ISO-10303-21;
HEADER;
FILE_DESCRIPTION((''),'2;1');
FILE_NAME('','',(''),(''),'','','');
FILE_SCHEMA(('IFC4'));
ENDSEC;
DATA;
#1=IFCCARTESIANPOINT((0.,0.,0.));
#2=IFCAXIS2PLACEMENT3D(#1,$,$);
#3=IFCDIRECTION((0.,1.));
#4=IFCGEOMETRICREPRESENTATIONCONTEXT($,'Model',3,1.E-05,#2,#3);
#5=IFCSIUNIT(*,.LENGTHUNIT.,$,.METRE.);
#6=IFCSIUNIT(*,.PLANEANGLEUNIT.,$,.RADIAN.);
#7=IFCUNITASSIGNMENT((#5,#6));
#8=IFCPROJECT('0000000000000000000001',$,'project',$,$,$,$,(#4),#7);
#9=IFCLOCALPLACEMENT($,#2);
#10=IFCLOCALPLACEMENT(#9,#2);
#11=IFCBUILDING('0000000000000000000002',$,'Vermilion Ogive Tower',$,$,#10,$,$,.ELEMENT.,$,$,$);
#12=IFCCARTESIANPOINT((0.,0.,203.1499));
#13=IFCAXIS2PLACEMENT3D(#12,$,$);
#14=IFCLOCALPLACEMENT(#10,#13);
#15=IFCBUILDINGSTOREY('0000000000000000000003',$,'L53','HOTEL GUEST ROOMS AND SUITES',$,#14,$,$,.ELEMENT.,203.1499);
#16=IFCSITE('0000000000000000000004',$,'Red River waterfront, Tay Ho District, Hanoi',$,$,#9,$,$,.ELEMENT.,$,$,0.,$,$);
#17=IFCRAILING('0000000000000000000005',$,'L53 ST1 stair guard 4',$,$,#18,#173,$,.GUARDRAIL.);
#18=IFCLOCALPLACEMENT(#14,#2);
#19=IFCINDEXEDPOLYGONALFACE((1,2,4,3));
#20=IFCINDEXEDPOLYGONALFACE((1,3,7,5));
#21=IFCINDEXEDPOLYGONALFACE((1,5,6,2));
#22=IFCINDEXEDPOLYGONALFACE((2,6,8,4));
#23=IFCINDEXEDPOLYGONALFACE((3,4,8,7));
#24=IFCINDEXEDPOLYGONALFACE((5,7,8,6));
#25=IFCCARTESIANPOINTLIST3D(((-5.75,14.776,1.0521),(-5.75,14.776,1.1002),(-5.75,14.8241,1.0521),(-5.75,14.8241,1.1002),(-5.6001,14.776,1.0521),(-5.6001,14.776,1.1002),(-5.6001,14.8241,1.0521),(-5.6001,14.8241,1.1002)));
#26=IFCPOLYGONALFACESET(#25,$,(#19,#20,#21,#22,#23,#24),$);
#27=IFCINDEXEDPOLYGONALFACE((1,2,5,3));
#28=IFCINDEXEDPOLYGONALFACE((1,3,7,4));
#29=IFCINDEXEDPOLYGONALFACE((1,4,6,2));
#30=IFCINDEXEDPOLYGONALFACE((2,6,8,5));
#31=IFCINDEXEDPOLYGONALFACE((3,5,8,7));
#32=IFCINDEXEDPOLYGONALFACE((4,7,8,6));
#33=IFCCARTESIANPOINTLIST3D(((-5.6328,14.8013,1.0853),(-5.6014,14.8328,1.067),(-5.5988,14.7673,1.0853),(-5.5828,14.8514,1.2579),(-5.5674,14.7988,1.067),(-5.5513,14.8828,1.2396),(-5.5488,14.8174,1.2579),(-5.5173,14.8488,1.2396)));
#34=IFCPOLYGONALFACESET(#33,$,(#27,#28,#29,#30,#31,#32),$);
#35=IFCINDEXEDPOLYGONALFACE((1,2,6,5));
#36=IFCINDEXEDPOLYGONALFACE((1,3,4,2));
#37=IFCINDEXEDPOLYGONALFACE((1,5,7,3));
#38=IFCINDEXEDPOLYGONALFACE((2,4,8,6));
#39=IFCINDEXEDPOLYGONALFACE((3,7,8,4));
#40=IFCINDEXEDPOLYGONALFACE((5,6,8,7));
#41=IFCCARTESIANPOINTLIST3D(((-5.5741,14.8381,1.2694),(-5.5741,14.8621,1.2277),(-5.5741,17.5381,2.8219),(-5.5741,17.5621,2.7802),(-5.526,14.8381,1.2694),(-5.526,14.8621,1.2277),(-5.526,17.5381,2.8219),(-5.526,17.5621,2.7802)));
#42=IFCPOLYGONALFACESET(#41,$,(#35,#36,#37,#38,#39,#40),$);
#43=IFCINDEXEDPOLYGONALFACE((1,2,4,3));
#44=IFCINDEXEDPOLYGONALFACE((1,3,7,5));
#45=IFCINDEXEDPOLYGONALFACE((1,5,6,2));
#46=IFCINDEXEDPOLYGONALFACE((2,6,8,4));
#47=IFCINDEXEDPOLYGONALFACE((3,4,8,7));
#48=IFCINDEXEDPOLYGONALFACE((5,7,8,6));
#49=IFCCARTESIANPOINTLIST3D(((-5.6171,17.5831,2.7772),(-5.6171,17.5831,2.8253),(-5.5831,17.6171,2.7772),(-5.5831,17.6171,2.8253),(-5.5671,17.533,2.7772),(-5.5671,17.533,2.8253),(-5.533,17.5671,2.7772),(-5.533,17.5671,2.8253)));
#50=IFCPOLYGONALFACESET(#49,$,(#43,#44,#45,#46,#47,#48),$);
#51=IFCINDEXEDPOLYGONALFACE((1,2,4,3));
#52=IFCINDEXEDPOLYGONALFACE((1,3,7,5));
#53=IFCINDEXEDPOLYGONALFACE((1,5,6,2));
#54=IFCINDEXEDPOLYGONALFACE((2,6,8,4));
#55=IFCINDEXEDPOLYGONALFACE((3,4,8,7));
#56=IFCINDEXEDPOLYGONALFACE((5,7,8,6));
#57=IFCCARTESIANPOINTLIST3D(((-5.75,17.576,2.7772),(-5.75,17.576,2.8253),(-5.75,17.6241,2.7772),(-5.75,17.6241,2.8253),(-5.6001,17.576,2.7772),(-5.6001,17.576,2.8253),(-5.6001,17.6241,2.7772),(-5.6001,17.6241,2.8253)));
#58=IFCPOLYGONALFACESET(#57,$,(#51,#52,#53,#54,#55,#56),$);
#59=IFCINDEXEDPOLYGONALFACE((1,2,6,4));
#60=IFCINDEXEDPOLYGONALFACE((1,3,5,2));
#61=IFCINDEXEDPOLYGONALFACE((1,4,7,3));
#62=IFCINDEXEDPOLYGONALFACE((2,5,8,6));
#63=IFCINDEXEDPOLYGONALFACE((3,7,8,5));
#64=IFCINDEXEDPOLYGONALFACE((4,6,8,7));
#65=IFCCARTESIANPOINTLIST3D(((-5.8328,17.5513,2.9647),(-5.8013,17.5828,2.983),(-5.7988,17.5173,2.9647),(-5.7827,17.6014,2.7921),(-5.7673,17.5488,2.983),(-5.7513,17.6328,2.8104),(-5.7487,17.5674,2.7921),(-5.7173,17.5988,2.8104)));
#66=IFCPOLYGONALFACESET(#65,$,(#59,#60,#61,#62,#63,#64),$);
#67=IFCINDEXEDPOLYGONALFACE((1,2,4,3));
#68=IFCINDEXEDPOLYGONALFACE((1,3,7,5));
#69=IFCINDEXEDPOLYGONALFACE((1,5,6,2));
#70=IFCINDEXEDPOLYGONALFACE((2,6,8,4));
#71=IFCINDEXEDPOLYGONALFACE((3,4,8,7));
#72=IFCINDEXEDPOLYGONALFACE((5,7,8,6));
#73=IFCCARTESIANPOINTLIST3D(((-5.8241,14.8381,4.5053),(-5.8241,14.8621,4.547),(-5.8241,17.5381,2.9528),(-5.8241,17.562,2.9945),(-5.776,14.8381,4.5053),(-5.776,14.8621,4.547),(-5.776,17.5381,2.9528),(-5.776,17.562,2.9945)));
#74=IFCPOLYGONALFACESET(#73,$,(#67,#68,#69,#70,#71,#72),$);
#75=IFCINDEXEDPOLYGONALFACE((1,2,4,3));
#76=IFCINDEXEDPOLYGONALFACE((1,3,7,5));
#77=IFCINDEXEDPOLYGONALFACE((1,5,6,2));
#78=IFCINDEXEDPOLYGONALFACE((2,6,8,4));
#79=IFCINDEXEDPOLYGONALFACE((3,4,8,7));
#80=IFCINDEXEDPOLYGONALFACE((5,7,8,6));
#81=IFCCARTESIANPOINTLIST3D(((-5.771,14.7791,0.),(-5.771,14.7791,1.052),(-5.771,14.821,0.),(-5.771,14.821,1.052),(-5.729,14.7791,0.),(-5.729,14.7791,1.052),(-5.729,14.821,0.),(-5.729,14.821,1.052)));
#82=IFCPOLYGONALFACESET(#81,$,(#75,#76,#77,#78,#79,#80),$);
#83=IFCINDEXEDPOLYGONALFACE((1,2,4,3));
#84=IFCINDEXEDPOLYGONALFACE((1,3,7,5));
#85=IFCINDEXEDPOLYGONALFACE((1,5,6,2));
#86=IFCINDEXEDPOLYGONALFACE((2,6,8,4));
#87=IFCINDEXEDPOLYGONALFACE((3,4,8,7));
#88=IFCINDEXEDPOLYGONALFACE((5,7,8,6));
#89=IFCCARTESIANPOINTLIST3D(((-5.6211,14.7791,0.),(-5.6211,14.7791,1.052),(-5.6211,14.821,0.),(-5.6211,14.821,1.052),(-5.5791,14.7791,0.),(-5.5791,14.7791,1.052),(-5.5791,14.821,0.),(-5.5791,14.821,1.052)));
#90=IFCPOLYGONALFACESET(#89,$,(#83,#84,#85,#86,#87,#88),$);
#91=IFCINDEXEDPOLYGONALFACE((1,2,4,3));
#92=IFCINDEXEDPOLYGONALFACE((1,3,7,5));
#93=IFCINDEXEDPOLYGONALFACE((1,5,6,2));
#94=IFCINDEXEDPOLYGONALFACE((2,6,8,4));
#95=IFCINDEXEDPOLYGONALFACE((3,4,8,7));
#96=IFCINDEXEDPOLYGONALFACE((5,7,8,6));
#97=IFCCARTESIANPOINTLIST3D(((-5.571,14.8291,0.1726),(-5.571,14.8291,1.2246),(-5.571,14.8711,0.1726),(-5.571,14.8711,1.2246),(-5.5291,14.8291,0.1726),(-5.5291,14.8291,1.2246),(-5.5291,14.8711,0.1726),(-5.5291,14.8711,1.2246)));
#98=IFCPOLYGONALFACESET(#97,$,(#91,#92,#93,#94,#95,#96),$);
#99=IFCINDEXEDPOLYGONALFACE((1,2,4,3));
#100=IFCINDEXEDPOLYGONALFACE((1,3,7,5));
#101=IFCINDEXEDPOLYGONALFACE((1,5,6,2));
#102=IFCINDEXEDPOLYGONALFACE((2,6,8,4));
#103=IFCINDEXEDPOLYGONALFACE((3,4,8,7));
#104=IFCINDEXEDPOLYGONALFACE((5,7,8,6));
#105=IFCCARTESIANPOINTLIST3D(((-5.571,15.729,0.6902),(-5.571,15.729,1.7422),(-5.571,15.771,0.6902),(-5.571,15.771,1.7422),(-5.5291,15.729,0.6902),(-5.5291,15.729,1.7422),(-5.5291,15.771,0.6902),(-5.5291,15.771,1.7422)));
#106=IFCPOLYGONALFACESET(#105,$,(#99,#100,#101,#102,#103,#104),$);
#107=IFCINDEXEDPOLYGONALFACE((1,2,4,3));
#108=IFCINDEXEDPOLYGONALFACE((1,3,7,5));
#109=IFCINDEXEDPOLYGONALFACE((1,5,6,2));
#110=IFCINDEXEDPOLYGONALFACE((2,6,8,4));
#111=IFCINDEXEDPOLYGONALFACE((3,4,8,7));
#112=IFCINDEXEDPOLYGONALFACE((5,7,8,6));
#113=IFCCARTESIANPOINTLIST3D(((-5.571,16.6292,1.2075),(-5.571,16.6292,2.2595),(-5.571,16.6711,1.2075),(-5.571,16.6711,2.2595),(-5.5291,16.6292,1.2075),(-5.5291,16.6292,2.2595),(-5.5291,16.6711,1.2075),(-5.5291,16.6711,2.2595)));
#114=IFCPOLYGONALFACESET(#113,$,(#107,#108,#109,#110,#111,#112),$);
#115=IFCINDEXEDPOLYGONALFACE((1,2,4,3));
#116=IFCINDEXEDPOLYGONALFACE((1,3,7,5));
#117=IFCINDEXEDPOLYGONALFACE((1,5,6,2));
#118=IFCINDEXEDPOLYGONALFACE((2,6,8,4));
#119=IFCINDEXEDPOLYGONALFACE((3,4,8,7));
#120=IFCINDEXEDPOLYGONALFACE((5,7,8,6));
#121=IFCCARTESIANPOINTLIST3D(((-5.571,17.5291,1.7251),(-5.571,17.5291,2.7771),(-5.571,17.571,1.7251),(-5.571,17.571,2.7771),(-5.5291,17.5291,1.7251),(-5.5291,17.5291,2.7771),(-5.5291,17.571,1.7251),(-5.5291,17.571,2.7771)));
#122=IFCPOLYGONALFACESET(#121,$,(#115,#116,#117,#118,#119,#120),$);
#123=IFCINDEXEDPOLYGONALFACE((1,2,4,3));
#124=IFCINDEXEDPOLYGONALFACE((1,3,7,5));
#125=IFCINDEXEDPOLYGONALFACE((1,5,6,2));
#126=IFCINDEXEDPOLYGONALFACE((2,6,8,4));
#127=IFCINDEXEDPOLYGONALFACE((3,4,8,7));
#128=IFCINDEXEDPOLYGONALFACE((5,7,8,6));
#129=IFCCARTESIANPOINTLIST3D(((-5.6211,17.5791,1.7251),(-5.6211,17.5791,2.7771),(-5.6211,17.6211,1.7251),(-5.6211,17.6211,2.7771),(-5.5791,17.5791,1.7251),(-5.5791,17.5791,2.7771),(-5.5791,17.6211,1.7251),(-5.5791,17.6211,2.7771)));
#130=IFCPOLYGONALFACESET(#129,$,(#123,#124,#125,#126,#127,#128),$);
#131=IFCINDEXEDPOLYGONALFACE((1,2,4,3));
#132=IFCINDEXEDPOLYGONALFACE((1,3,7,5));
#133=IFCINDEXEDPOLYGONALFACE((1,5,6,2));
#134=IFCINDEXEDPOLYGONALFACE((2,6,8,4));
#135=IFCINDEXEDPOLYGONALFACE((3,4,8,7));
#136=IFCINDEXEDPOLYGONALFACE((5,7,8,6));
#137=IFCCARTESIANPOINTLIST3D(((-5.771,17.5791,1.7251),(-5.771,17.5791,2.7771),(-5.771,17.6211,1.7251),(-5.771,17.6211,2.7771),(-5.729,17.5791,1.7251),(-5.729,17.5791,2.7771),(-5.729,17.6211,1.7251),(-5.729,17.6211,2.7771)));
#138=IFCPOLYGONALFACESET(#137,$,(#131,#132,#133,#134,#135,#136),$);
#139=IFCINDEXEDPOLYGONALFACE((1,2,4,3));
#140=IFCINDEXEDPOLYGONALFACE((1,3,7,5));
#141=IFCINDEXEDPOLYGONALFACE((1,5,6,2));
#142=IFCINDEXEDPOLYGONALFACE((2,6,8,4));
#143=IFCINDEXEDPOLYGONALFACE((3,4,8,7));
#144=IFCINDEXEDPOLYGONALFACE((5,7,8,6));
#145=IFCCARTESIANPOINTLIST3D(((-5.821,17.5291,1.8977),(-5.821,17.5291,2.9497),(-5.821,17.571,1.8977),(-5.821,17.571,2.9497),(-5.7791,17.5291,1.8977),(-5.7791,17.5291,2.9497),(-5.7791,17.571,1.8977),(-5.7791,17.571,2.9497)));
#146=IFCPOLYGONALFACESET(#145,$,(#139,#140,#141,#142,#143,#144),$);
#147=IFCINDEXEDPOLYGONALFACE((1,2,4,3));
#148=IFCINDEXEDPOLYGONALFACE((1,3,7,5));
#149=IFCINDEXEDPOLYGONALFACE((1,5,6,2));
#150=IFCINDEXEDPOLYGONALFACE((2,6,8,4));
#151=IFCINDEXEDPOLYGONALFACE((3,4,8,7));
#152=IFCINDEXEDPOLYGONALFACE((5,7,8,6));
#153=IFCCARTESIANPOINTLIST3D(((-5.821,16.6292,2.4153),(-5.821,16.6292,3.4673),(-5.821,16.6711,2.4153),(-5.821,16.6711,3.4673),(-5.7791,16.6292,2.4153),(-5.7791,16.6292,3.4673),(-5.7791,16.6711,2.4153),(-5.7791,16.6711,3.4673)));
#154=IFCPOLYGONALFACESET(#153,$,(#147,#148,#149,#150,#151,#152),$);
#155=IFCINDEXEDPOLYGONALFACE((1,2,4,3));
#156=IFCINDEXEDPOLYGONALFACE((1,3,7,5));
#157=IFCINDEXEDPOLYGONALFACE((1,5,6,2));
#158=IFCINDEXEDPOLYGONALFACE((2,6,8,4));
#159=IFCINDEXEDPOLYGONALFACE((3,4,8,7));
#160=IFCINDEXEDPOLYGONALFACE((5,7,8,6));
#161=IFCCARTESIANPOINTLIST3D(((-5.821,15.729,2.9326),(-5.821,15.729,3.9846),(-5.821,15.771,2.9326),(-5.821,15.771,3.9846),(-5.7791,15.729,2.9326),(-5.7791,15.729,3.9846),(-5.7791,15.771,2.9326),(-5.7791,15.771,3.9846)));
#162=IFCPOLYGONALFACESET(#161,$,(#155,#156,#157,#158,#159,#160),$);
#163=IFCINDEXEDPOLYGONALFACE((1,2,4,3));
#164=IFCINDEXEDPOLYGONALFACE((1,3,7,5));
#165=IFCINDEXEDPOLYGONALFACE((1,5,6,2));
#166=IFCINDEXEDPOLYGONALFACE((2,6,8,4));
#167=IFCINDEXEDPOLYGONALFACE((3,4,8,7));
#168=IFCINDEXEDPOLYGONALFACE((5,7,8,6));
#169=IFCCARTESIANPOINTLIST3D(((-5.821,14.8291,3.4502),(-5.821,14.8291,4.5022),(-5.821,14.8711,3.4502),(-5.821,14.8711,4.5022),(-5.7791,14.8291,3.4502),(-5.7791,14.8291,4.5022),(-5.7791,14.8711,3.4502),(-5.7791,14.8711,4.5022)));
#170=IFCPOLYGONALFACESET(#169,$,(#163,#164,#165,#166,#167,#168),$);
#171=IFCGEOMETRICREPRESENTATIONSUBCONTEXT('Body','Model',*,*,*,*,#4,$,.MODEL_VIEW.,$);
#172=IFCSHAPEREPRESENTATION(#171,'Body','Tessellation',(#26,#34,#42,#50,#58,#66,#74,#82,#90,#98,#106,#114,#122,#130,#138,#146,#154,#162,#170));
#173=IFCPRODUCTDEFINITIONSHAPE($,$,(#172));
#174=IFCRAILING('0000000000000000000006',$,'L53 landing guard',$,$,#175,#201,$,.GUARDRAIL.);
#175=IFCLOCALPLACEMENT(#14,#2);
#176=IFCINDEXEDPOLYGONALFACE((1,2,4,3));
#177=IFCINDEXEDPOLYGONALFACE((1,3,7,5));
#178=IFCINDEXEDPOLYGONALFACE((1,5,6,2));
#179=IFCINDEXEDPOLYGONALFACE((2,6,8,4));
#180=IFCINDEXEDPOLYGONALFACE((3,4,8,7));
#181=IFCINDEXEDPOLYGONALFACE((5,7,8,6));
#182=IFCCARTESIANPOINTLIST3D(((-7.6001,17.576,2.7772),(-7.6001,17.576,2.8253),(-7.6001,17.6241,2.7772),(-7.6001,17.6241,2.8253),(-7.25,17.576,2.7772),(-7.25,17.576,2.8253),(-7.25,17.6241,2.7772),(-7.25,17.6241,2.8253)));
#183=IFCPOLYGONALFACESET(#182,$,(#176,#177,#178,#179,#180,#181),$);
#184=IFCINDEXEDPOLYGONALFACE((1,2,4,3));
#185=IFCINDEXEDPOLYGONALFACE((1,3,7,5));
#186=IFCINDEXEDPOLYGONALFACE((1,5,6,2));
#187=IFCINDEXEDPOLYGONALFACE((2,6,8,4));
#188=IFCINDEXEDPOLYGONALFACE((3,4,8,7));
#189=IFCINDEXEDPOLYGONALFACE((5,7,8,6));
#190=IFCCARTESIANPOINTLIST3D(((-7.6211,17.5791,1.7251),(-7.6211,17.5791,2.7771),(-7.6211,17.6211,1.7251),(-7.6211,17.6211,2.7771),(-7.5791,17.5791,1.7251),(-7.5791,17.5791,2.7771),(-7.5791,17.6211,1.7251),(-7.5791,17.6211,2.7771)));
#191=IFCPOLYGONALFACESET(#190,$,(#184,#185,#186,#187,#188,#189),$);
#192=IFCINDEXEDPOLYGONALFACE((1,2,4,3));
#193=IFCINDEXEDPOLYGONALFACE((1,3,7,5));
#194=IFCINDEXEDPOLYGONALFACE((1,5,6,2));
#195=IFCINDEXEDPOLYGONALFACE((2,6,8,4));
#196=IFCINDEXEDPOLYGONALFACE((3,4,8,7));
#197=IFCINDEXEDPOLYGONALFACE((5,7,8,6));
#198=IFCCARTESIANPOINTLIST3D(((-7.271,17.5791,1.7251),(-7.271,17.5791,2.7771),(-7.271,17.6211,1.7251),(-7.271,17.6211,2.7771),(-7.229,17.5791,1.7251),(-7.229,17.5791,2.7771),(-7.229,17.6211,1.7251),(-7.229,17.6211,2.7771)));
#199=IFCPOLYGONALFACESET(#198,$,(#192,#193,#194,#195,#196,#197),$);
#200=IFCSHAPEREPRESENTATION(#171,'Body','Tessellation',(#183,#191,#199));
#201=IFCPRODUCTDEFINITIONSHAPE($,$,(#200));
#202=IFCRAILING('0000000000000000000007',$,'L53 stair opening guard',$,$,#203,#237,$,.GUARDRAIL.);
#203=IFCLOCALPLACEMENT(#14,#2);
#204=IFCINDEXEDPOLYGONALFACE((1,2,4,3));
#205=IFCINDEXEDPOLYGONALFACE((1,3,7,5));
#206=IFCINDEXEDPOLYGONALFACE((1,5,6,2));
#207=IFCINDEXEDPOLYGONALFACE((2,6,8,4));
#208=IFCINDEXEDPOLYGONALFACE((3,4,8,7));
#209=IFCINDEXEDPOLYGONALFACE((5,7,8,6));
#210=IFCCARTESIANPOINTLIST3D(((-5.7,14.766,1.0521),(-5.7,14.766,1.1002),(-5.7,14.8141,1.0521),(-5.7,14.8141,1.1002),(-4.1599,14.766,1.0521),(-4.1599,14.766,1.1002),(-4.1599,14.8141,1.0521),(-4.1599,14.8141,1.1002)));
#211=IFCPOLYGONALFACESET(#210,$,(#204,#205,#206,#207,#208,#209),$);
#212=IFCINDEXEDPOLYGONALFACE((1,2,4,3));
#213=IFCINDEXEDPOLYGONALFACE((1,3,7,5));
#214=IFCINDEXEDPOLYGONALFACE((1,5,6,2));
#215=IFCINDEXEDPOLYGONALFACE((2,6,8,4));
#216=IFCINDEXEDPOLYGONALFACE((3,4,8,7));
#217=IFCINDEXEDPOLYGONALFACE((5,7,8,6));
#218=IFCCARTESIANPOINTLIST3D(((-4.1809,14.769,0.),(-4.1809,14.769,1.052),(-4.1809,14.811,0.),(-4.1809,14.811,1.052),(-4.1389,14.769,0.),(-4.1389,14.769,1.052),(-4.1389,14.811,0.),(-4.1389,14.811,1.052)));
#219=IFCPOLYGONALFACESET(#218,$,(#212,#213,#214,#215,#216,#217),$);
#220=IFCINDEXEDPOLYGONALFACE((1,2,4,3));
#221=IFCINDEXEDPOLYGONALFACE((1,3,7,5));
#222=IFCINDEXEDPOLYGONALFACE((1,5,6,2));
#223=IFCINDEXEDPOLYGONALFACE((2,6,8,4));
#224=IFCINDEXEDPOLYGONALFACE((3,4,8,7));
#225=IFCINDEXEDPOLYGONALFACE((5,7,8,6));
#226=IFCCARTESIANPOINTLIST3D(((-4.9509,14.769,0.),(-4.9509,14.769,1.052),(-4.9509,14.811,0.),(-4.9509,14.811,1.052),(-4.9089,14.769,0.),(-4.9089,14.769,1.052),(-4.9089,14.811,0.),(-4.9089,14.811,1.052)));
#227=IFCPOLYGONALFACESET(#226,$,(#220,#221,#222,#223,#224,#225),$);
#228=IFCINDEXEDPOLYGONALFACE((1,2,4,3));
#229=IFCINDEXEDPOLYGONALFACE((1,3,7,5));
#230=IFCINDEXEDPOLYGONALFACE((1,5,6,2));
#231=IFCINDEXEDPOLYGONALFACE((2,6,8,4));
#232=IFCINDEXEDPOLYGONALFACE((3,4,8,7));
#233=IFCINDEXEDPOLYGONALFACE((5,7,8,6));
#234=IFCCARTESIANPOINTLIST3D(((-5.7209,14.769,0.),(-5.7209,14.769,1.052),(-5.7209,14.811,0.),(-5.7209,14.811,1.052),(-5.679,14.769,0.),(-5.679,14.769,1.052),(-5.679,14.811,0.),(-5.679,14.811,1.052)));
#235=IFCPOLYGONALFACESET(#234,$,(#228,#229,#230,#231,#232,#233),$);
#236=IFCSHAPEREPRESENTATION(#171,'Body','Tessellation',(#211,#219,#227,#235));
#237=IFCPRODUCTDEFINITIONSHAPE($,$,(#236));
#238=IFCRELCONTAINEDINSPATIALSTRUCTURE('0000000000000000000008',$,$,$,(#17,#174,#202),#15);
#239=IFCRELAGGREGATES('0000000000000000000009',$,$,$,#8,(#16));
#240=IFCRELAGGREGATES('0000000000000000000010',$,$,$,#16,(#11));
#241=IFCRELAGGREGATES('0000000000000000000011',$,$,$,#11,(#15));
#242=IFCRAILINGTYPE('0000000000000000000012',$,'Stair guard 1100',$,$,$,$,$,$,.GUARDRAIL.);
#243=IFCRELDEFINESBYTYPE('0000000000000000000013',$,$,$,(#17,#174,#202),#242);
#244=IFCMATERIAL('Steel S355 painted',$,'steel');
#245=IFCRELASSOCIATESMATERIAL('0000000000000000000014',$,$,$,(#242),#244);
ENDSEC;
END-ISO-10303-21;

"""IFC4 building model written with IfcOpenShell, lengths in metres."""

from ifc_helpers import new_model, si_unit, direction, frame, origin, origin_2d, place, context, subcontext, project, spatial, rectangle, extrude, material, type_object, element, save


model = new_model("IFC4")

# Units and contexts
model_context = context("Model", 3, precision=1e-05, world=origin(), true_north=direction((0.0, 1.0)))
body_context = subcontext(model_context, "Body", "Model", "MODEL_VIEW")
ifc_project = project(units=[si_unit("LENGTHUNIT", "METRE"), si_unit("PLANEANGLEUNIT", "RADIAN")], contexts=[model_context])

# Site, building, storey
site_placement = place(None, origin())
site = spatial("IfcSite", under=ifc_project, at=site_placement, Name="Red River waterfront, Tay Ho District, Hanoi", CompositionType="ELEMENT", RefElevation=0.0)
building_placement = place(site_placement, origin())
building = spatial("IfcBuilding", under=site, at=building_placement, Name="Vermilion Ogive Tower", CompositionType="ELEMENT")
storey_placement = place(building_placement, frame((0.0, 0.0, 203.1499)))
storey = spatial("IfcBuildingStorey", under=building, at=storey_placement, Name="L53", Description="HOTEL GUEST ROOMS AND SUITES", CompositionType="ELEMENT", Elevation=203.1499)

# Railings
ifc_material_1 = material(Name="Steel S355 painted", Category="steel")
railing_type_1 = type_object("IfcRailingType", Name="Stair guard 1100", PredefinedType="GUARDRAIL", material=ifc_material_1)
railing_1_placement = place(storey_placement, frame((-5.75, 14.8, 0.0)))
element("IfcRailing", 1, at=railing_1_placement, inside=storey, type_object=railing_type_1, Name="L53 ST1 stair guard 4", PredefinedType="GUARDRAIL", context=body_context, shape_type="SweptSolid", body=[
    extrude(rectangle(XDim=0.0481, YDim=0.0481, at=origin_2d()), frame((0.0, 0.0, 1.0762), z_axis=(1.0, 0.0, 0.0), x_axis=(0.0, 1.0, 0.0)), (0.0, 0.0, 1.0), 0.1499),
    extrude(rectangle(XDim=0.0481, YDim=0.0481, at=origin_2d()), frame((0.1499, 0.0, 1.0762), z_axis=(0.268278, 0.268278, 0.925232), x_axis=(-0.707107, 0.707107, 0.0)), (0.0, 0.0, 1.0), 0.1865),
    extrude(rectangle(XDim=0.0481, YDim=0.0481, at=origin_2d()), frame((0.2, 0.05, 1.2485), z_axis=(0.0, 0.866904, 0.498476), x_axis=(-1.0, 0.0, 0.0)), (0.0, 0.0, 1.0), 3.1145),
    extrude(rectangle(XDim=0.0481, YDim=0.0481, at=origin_2d()), frame((0.2, 2.75, 2.8013), z_axis=(-0.707107, 0.707107, 0.0), x_axis=(-0.707107, -0.707107, 0.0)), (0.0, 0.0, 1.0), 0.0708),
    extrude(rectangle(XDim=0.0481, YDim=0.0481, at=origin_2d()), frame((0.1499, 2.8, 2.8013), z_axis=(-1.0, 0.0, 0.0), x_axis=(0.0, -1.0, 0.0)), (0.0, 0.0, 1.0), 0.1499),
    extrude(rectangle(XDim=0.0481, YDim=0.0481, at=origin_2d()), frame((0.0, 2.8, 2.8013), z_axis=(-0.268278, -0.268278, 0.925232), x_axis=(0.707107, -0.707107, 0.0)), (0.0, 0.0, 1.0), 0.1865),
    extrude(rectangle(XDim=0.0481, YDim=0.0481, at=origin_2d()), frame((-0.05, 2.75, 2.9736), z_axis=(0.0, -0.866904, 0.498476), x_axis=(1.0, 0.0, 0.0)), (0.0, 0.0, 1.0), 3.1145),
    extrude(rectangle(XDim=0.042, YDim=0.042, at=origin_2d()), origin(), (0.0, 0.0, 1.0), 1.052),
    extrude(rectangle(XDim=0.042, YDim=0.042, at=origin_2d()), frame((0.1499, 0.0, 0.0)), (0.0, 0.0, 1.0), 1.052),
    extrude(rectangle(XDim=0.042, YDim=0.042, at=origin_2d()), frame((0.2, 0.05, 0.1726)), (0.0, 0.0, 1.0), 1.052),
    extrude(rectangle(XDim=0.042, YDim=0.042, at=origin_2d()), frame((0.2, 0.95, 0.6902)), (0.0, 0.0, 1.0), 1.052),
    extrude(rectangle(XDim=0.042, YDim=0.042, at=origin_2d()), frame((0.2, 1.8501, 1.2075)), (0.0, 0.0, 1.0), 1.052),
    extrude(rectangle(XDim=0.042, YDim=0.042, at=origin_2d()), frame((0.2, 2.75, 1.7251)), (0.0, 0.0, 1.0), 1.052),
    extrude(rectangle(XDim=0.042, YDim=0.042, at=origin_2d()), frame((0.1499, 2.8, 1.7251)), (0.0, 0.0, 1.0), 1.052),
    extrude(rectangle(XDim=0.042, YDim=0.042, at=origin_2d()), frame((0.0, 2.8, 1.7251)), (0.0, 0.0, 1.0), 1.052),
    extrude(rectangle(XDim=0.042, YDim=0.042, at=origin_2d()), frame((-0.05, 2.75, 1.8977)), (0.0, 0.0, 1.0), 1.052),
    extrude(rectangle(XDim=0.042, YDim=0.042, at=origin_2d()), frame((-0.05, 1.8501, 2.4153)), (0.0, 0.0, 1.0), 1.052),
    extrude(rectangle(XDim=0.042, YDim=0.042, at=origin_2d()), frame((-0.05, 0.95, 2.9326)), (0.0, 0.0, 1.0), 1.052),
    extrude(rectangle(XDim=0.042, YDim=0.042, at=origin_2d()), frame((-0.05, 0.05, 3.4502)), (0.0, 0.0, 1.0), 1.052),
])
railing_2_placement = place(storey_placement, frame((-7.6001, 17.6001, 1.7251)))
element("IfcRailing", 2, at=railing_2_placement, inside=storey, type_object=railing_type_1, Name="L53 landing guard", PredefinedType="GUARDRAIL", context=body_context, shape_type="SweptSolid", body=[
    extrude(rectangle(XDim=0.0481, YDim=0.0481, at=origin_2d()), frame((0.0, 0.0, 1.0762), z_axis=(1.0, 0.0, 0.0), x_axis=(0.0, 1.0, 0.0)), (0.0, 0.0, 1.0), 0.3501),
    extrude(rectangle(XDim=0.042, YDim=0.042, at=origin_2d()), origin(), (0.0, 0.0, 1.0), 1.052),
    extrude(rectangle(XDim=0.042, YDim=0.042, at=origin_2d()), frame((0.3501, 0.0, 0.0)), (0.0, 0.0, 1.0), 1.052),
])
railing_3_placement = place(storey_placement, frame((-4.1599, 14.79, 0.0)))
element("IfcRailing", 3, at=railing_3_placement, inside=storey, type_object=railing_type_1, Name="L53 stair opening guard", PredefinedType="GUARDRAIL", context=body_context, shape_type="SweptSolid", body=[
    extrude(rectangle(XDim=0.0481, YDim=0.0481, at=origin_2d()), frame((0.0, 0.0, 1.0762), z_axis=(-1.0, 0.0, 0.0), x_axis=(0.0, -1.0, 0.0)), (0.0, 0.0, 1.0), 1.54),
    extrude(rectangle(XDim=0.042, YDim=0.042, at=origin_2d()), origin(), (0.0, 0.0, 1.0), 1.052),
    extrude(rectangle(XDim=0.042, YDim=0.042, at=origin_2d()), frame((-0.77, 0.0, 0.0)), (0.0, 0.0, 1.0), 1.052),
    extrude(rectangle(XDim=0.042, YDim=0.042, at=origin_2d()), frame((-1.54, 0.0, 0.0)), (0.0, 0.0, 1.0), 1.052),
])

save(model, "model.ifc")
